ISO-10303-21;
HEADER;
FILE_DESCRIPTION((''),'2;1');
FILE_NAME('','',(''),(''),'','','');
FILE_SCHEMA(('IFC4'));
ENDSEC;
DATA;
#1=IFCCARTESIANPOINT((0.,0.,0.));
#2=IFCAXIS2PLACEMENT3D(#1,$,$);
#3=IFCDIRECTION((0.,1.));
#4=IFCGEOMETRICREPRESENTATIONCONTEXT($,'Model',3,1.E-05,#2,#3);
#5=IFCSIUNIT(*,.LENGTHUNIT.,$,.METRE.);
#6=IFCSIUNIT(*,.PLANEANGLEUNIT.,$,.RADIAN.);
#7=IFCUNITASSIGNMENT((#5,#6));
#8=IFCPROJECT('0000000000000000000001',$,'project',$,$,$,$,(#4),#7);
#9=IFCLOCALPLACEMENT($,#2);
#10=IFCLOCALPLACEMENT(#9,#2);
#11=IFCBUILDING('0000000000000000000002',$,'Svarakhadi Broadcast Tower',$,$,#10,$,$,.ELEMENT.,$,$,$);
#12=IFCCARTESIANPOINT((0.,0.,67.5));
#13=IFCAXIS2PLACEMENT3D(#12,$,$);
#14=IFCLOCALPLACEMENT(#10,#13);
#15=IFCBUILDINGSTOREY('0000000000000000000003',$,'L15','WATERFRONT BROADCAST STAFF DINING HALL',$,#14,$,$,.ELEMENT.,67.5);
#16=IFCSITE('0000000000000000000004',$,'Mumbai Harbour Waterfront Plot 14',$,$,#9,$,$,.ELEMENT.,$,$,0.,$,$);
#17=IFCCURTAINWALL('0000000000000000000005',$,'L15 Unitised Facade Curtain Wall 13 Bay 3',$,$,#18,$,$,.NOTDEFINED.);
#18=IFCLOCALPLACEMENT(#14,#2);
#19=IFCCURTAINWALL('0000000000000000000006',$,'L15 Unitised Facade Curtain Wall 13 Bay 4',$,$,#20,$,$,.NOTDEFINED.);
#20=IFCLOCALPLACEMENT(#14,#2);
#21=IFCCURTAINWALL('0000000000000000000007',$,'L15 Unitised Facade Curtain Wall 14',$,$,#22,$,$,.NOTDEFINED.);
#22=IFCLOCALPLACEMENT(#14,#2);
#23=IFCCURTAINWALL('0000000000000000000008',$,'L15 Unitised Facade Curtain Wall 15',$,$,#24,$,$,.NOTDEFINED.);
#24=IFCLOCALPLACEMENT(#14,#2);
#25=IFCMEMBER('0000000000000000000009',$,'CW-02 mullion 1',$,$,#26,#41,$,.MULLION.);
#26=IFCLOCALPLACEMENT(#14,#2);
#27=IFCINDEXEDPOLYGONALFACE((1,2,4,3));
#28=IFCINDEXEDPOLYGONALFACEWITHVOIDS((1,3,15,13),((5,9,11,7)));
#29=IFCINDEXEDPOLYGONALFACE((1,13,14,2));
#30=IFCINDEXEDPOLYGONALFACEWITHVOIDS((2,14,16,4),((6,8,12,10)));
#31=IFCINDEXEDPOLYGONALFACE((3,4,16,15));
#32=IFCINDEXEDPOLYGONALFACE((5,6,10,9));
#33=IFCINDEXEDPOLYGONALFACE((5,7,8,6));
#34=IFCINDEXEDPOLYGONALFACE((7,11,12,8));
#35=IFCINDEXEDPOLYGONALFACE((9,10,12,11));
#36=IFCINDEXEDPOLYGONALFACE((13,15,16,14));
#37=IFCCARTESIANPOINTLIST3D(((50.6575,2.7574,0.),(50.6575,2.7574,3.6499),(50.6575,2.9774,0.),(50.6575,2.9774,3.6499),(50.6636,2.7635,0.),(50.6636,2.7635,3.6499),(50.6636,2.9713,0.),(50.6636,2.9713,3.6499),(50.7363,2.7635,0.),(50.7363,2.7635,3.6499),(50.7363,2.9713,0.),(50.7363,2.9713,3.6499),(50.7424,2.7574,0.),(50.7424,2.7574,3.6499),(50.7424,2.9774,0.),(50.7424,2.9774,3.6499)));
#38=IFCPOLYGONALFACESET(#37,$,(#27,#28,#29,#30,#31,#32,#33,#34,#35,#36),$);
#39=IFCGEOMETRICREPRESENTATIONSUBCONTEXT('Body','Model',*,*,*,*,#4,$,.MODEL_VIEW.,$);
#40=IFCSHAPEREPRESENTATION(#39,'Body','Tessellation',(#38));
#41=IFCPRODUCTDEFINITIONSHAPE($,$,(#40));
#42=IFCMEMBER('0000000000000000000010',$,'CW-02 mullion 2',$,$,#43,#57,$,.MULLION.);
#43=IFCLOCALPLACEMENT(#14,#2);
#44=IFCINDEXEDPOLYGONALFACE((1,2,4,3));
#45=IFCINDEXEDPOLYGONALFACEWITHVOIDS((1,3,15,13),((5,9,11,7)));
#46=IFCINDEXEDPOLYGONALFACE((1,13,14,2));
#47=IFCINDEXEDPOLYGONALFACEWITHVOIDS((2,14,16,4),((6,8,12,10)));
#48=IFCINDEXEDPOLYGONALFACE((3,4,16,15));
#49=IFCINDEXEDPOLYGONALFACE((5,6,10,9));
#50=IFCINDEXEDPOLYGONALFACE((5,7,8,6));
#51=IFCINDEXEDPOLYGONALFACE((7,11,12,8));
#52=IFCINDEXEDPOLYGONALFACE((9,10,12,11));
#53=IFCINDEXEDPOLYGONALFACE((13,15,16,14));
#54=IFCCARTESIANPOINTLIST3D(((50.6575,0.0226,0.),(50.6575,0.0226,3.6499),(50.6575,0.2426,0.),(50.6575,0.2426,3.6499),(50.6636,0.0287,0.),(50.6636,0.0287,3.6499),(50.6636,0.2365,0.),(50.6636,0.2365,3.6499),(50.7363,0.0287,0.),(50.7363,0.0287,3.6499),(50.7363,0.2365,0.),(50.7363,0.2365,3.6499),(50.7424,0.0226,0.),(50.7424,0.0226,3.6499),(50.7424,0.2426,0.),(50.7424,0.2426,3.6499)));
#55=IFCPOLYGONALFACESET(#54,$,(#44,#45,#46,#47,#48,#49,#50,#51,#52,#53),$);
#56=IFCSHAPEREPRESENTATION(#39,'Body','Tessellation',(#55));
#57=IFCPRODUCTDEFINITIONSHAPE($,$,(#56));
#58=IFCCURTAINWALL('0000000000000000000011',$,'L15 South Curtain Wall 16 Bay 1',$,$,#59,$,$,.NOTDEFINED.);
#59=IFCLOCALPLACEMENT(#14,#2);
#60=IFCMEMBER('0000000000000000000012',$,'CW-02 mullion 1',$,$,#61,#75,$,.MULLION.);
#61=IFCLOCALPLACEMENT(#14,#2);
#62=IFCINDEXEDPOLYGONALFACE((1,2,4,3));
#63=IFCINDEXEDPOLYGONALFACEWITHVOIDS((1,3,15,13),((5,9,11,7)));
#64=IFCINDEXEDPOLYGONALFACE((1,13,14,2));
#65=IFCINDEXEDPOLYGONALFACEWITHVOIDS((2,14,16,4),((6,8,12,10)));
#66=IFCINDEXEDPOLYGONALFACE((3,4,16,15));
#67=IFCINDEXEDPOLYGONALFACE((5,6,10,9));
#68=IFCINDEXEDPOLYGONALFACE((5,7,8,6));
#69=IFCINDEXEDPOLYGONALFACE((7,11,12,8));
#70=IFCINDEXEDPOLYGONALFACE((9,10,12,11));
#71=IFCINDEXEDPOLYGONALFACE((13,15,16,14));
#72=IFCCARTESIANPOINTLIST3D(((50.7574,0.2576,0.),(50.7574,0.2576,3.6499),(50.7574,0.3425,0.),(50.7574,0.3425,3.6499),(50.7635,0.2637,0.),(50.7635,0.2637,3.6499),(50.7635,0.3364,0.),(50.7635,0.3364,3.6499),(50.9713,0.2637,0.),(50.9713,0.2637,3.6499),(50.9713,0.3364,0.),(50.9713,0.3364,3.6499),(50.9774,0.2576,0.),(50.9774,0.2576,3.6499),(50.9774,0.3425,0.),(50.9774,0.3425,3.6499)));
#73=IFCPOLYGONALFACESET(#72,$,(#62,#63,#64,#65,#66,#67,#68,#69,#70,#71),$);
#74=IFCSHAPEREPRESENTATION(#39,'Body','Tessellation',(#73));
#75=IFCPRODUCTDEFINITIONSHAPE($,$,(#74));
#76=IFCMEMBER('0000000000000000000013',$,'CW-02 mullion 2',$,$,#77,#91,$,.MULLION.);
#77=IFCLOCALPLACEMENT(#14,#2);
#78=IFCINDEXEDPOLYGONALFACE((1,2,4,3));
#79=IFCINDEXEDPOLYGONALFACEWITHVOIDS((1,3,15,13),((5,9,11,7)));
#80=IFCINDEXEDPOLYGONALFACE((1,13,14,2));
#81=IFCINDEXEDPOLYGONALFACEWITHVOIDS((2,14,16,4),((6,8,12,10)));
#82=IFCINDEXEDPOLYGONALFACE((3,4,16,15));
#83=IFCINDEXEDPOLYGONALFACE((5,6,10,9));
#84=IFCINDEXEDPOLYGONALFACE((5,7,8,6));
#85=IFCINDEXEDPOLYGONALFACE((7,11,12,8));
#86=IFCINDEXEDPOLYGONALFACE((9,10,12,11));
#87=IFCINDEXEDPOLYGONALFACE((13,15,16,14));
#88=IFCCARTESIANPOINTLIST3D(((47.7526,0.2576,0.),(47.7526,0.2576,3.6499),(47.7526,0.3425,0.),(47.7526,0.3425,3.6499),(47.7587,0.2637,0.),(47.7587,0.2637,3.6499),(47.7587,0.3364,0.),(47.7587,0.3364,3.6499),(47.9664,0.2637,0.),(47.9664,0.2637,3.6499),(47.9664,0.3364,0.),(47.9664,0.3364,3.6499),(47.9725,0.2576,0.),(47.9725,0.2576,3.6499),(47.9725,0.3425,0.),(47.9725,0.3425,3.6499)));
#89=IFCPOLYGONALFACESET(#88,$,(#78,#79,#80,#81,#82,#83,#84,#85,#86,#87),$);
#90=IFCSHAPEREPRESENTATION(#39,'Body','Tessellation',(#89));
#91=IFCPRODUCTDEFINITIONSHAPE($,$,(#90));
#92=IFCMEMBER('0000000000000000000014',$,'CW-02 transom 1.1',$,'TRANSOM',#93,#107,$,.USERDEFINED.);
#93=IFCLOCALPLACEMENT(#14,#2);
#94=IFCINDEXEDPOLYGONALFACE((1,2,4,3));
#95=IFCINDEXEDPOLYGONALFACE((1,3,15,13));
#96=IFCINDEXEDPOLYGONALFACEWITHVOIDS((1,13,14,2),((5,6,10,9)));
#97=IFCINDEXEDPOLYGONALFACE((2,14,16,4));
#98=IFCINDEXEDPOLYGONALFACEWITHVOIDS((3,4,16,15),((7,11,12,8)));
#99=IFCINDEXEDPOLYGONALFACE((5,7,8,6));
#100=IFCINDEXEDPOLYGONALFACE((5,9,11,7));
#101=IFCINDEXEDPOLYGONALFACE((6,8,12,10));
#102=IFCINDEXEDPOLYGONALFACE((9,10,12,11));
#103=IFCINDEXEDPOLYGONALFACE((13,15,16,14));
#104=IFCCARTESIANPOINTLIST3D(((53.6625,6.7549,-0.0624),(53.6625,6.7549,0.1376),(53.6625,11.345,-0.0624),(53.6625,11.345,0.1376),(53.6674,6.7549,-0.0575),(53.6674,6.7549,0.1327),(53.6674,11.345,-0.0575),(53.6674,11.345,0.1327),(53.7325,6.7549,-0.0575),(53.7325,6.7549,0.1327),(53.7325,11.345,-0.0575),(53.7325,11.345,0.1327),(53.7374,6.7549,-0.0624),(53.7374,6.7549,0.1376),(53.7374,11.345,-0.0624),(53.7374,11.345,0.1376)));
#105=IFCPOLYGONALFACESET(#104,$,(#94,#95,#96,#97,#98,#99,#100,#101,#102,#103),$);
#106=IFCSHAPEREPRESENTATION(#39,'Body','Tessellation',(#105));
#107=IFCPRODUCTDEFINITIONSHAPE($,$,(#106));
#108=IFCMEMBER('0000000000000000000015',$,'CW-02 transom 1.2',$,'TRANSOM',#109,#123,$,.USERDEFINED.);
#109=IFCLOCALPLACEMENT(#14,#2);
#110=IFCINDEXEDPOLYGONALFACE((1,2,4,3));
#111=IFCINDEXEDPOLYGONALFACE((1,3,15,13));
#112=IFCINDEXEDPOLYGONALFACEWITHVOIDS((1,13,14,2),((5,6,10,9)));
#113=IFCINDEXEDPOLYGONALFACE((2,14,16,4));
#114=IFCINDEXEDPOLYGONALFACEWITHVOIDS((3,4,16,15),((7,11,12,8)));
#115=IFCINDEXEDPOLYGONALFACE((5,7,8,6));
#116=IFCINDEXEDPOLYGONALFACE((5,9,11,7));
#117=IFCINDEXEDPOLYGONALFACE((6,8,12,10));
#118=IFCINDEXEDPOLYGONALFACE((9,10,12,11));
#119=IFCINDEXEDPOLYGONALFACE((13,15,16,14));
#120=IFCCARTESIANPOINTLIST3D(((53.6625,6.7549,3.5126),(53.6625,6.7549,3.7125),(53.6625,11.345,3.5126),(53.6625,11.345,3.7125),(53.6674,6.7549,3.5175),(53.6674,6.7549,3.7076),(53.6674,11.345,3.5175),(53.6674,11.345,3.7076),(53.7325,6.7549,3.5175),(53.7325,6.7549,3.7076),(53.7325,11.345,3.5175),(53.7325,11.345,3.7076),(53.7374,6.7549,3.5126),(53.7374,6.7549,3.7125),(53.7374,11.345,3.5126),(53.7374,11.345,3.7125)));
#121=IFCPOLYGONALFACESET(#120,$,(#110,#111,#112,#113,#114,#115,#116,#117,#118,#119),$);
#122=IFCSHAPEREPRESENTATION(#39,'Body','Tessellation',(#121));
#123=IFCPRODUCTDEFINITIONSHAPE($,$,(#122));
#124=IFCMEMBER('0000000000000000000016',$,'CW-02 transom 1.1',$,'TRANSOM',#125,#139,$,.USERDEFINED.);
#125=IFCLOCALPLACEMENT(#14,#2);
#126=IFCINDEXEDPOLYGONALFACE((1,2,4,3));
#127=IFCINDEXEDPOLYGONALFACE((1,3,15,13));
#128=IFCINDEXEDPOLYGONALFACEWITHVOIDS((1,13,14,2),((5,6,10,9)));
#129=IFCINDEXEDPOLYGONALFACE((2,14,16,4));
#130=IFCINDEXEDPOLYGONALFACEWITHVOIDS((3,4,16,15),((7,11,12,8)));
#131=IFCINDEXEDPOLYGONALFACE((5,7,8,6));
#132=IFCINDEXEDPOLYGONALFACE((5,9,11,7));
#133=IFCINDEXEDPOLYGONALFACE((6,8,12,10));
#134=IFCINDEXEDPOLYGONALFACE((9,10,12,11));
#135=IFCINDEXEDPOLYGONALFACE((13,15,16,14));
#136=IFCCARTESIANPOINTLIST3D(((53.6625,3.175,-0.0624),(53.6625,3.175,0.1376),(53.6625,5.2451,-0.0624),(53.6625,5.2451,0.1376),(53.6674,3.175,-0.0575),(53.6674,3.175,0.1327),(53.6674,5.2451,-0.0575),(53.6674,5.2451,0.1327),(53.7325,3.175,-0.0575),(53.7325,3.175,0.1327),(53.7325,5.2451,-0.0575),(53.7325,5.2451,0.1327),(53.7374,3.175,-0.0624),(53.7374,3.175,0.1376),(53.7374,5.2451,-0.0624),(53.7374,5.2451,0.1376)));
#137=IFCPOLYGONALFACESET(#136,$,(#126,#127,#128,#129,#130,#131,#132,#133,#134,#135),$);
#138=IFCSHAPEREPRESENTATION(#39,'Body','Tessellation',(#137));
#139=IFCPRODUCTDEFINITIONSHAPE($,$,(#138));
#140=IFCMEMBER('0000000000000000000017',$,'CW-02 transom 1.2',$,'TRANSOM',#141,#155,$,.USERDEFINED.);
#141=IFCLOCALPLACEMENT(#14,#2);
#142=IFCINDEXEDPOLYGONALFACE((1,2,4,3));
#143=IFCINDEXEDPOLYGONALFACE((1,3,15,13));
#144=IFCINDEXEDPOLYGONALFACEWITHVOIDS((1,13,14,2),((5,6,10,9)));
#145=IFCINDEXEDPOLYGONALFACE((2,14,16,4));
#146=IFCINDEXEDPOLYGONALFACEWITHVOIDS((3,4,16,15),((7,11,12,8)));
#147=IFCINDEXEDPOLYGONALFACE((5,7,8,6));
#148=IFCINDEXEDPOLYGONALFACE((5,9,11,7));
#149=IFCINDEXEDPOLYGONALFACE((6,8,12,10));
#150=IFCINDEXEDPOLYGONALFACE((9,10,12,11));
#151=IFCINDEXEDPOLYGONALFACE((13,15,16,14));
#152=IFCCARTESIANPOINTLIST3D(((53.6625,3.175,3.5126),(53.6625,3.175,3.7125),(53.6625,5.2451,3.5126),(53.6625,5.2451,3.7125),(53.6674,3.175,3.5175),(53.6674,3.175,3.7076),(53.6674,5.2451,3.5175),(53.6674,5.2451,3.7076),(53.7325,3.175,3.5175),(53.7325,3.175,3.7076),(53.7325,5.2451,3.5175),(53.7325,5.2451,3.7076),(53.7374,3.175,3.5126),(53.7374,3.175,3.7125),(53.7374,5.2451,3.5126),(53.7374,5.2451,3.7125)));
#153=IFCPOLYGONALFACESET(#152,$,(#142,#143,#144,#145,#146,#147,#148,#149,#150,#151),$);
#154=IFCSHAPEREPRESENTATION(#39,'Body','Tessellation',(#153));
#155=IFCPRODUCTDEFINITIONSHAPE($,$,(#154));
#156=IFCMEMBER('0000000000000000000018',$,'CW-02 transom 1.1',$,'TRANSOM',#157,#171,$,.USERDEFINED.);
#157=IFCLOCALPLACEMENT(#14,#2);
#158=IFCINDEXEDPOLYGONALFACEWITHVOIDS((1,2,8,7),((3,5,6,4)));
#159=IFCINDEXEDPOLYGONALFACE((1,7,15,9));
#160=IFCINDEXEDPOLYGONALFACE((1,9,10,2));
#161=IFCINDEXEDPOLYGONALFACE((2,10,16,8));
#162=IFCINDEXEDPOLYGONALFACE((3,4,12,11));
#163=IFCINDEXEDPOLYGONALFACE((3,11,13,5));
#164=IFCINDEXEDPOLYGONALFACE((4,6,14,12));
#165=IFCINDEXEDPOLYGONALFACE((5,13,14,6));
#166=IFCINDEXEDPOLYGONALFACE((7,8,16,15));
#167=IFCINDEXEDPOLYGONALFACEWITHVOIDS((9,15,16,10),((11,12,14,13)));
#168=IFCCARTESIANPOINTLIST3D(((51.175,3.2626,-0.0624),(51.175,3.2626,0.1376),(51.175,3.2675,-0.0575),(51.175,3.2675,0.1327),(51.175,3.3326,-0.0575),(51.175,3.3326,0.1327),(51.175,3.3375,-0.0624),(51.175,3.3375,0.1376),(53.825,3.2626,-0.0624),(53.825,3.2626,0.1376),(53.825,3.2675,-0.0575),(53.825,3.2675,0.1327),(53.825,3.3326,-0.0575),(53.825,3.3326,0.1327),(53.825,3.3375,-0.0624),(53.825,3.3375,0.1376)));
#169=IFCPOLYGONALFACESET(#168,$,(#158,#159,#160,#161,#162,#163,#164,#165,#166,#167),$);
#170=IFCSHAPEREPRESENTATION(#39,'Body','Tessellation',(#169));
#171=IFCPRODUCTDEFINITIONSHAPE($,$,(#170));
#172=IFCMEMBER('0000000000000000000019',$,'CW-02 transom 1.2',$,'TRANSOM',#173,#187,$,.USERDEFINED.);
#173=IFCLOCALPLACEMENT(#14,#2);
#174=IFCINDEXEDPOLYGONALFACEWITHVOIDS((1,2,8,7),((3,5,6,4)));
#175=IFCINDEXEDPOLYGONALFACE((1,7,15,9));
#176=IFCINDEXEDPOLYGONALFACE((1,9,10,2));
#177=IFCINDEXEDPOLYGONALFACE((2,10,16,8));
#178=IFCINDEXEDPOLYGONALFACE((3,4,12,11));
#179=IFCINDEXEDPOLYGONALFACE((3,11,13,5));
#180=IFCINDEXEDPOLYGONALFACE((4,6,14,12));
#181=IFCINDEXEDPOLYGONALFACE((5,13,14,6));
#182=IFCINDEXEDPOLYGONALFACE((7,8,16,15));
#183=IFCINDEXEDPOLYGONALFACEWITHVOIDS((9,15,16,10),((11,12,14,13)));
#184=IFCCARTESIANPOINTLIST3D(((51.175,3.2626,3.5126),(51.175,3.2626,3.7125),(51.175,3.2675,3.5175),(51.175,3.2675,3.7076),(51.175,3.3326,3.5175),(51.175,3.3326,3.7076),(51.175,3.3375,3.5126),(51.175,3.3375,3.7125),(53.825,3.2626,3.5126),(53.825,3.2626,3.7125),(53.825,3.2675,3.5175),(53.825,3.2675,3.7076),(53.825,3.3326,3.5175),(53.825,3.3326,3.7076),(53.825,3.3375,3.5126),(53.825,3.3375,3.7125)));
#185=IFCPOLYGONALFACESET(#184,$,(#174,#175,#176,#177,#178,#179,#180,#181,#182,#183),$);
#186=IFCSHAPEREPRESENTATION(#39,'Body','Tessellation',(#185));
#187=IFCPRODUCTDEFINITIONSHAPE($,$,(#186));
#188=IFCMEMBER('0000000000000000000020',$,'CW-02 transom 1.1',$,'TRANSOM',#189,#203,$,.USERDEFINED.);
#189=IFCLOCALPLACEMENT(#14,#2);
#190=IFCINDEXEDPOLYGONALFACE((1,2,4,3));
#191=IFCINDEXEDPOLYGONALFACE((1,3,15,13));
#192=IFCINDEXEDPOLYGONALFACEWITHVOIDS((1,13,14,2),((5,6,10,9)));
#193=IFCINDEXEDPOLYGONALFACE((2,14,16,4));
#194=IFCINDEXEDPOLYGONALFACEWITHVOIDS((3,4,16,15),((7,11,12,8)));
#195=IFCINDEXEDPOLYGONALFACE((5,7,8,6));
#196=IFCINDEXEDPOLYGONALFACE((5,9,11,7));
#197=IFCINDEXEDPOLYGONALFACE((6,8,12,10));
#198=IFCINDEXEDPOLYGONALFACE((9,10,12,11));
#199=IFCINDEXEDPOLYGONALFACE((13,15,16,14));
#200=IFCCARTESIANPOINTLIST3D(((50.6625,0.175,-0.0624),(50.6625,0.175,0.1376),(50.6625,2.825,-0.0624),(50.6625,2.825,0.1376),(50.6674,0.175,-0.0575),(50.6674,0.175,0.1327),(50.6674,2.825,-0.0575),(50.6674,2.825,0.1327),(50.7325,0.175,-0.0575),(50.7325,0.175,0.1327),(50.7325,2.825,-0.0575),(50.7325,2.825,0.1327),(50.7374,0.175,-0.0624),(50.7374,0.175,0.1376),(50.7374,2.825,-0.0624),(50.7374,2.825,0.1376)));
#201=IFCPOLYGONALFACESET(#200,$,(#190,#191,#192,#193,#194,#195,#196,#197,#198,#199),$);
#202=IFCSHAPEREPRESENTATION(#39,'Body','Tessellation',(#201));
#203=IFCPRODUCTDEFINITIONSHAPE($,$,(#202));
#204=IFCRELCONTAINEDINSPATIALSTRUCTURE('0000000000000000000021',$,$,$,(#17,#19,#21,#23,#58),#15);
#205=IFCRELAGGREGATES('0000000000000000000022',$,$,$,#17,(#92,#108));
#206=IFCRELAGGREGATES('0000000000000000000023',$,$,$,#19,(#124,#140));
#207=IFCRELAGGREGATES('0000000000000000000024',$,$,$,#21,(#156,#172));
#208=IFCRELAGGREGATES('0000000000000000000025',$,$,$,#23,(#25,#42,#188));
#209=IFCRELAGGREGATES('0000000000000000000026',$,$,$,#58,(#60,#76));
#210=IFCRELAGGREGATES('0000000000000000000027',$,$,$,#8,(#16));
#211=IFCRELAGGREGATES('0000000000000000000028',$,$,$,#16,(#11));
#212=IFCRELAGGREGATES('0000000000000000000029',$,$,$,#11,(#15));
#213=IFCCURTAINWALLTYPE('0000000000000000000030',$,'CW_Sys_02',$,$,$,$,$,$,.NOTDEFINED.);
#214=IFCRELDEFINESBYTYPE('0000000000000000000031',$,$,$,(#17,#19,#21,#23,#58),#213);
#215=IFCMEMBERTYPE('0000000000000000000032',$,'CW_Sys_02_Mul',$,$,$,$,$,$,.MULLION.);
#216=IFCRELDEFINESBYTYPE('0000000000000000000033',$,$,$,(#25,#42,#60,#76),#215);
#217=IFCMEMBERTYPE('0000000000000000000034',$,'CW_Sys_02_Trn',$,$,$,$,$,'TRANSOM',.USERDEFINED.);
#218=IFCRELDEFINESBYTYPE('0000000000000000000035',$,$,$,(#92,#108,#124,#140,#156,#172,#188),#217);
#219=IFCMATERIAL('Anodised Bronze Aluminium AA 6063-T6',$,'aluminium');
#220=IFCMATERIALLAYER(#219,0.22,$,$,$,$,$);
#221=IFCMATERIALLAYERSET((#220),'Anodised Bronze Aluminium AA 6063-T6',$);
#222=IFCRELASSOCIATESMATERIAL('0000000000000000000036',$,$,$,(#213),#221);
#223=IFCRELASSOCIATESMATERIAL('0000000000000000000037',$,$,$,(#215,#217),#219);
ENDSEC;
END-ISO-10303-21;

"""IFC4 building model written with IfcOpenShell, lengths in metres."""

from ifc_helpers import new_model, si_unit, direction, frame, origin, origin_2d, place, context, subcontext, project, spatial, hollow_rectangle, extrude, material, layer, layer_set, material_profile, profile_set, type_object, element, aggregate, save


model = new_model("IFC4")

# Units and contexts
model_context = context("Model", 3, precision=1e-05, world=origin(), true_north=direction((0.0, 1.0)))
body_context = subcontext(model_context, "Body", "Model", "MODEL_VIEW")
ifc_project = project(units=[si_unit("LENGTHUNIT", "METRE"), si_unit("PLANEANGLEUNIT", "RADIAN")], contexts=[model_context])

# Site, building, storey
site_placement = place(None, origin())
site = spatial("IfcSite", under=ifc_project, at=site_placement, Name="Mumbai Harbour Waterfront Plot 14", CompositionType="ELEMENT", RefElevation=0.0)
building_placement = place(site_placement, origin())
building = spatial("IfcBuilding", under=site, at=building_placement, Name="Svarakhadi Broadcast Tower", CompositionType="ELEMENT")
storey_placement = place(building_placement, frame((0.0, 0.0, 67.5)))
storey = spatial("IfcBuildingStorey", under=building, at=storey_placement, Name="L15", Description="WATERFRONT BROADCAST STAFF DINING HALL", CompositionType="ELEMENT", Elevation=67.5)

# Curtain walls, members
ifc_material_1 = material(Name="Anodised Bronze Aluminium AA 6063-T6", Category="aluminium")
ifc_layer_1 = layer(ifc_material_1, 0.22)
ifc_layer_set_1 = layer_set([ifc_layer_1], Name="Anodised Bronze Aluminium AA 6063-T6")
curtain_wall_type = type_object("IfcCurtainWallType", Name="CW_Sys_02", PredefinedType="NOTDEFINED", material=ifc_layer_set_1)
curtain_wall_1_placement = place(storey_placement, origin())
curtain_wall_1 = element("IfcCurtainWall", 1, at=curtain_wall_1_placement, inside=storey, type_object=curtain_wall_type, Name="L15 Unitised Facade Curtain Wall 13 Bay 3", PredefinedType="NOTDEFINED")
ifc_material_profile_1 = material_profile(ifc_material_1, hollow_rectangle(XDim=0.085, YDim=0.22, WallThickness=0.0061, at=origin_2d()), Name="ALU MULLION 220x85x6")
ifc_profile_set_1 = profile_set([ifc_material_profile_1], Name="Anodised Bronze Aluminium AA 6063-T6")
member_type_1 = type_object("IfcMemberType", Name="CW_Sys_02_Mul", PredefinedType="MULLION", material=ifc_profile_set_1)
curtain_wall_2_placement = place(storey_placement, origin())
curtain_wall_2 = element("IfcCurtainWall", 2, at=curtain_wall_2_placement, inside=storey, type_object=curtain_wall_type, Name="L15 Unitised Facade Curtain Wall 13 Bay 4", PredefinedType="NOTDEFINED")
curtain_wall_3_placement = place(storey_placement, origin())
curtain_wall_3 = element("IfcCurtainWall", 3, at=curtain_wall_3_placement, inside=storey, type_object=curtain_wall_type, Name="L15 Unitised Facade Curtain Wall 14", PredefinedType="NOTDEFINED")
curtain_wall_4_placement = place(storey_placement, origin())
curtain_wall_4 = element("IfcCurtainWall", 4, at=curtain_wall_4_placement, inside=storey, type_object=curtain_wall_type, Name="L15 Unitised Facade Curtain Wall 15", PredefinedType="NOTDEFINED")
member_1_placement = place(storey_placement, frame((50.7, 2.8674, 0.0), z_axis=(0.0, 0.0, 1.0), x_axis=(1.0, 0.0, 0.0)))
member_1 = element("IfcMember", 5, at=member_1_placement, type_object=member_type_1, Name="CW-02 mullion 1", PredefinedType="MULLION", context=body_context, shape_type="SweptSolid", body=[
    extrude(hollow_rectangle(XDim=0.085, YDim=0.22, WallThickness=0.0061, at=origin_2d()), origin(), (0.0, 0.0, 1.0), 3.6499),
])
member_2_placement = place(storey_placement, frame((50.7, 0.1326, 0.0), z_axis=(0.0, 0.0, 1.0), x_axis=(1.0, 0.0, 0.0)))
member_2 = element("IfcMember", 6, at=member_2_placement, type_object=member_type_1, Name="CW-02 mullion 2", PredefinedType="MULLION", context=body_context, shape_type="SweptSolid", body=[
    extrude(hollow_rectangle(XDim=0.085, YDim=0.22, WallThickness=0.0061, at=origin_2d()), origin(), (0.0, 0.0, 1.0), 3.6499),
])
curtain_wall_5_placement = place(storey_placement, origin())
curtain_wall_5 = element("IfcCurtainWall", 7, at=curtain_wall_5_placement, inside=storey, type_object=curtain_wall_type, Name="L15 South Curtain Wall 16 Bay 1", PredefinedType="NOTDEFINED")
member_3_placement = place(storey_placement, frame((50.8674, 0.3, 0.0), z_axis=(0.0, 0.0, 1.0), x_axis=(0.0, -1.0, 0.0)))
member_3 = element("IfcMember", 8, at=member_3_placement, type_object=member_type_1, Name="CW-02 mullion 1", PredefinedType="MULLION", context=body_context, shape_type="SweptSolid", body=[
    extrude(hollow_rectangle(XDim=0.085, YDim=0.22, WallThickness=0.0061, at=origin_2d()), origin(), (0.0, 0.0, 1.0), 3.6499),
])
member_4_placement = place(storey_placement, frame((47.8625, 0.3, 0.0), z_axis=(0.0, 0.0, 1.0), x_axis=(0.0, -1.0, 0.0)))
member_4 = element("IfcMember", 9, at=member_4_placement, type_object=member_type_1, Name="CW-02 mullion 2", PredefinedType="MULLION", context=body_context, shape_type="SweptSolid", body=[
    extrude(hollow_rectangle(XDim=0.085, YDim=0.22, WallThickness=0.0061, at=origin_2d()), origin(), (0.0, 0.0, 1.0), 3.6499),
])

# Members
ifc_material_profile_2 = material_profile(ifc_material_1, hollow_rectangle(XDim=0.075, YDim=0.2, WallThickness=0.0049, at=origin_2d()), Name="ALU TRANSOM 200x75x5")
ifc_profile_set_2 = profile_set([ifc_material_profile_2], Name="Anodised Bronze Aluminium AA 6063-T6")
member_type_2 = type_object("IfcMemberType", Name="CW_Sys_02_Trn", ElementType="TRANSOM", PredefinedType="USERDEFINED", material=ifc_profile_set_2)
member_5_placement = place(storey_placement, frame((53.7, 11.345, 0.0376), z_axis=(0.0, -1.0, 0.0), x_axis=(1.0, 0.0, 0.0)))
member_5 = element("IfcMember", 10, at=member_5_placement, type_object=member_type_2, Name="CW-02 transom 1.1", ObjectType="TRANSOM", PredefinedType="USERDEFINED", context=body_context, shape_type="SweptSolid", body=[
    extrude(hollow_rectangle(XDim=0.075, YDim=0.2, WallThickness=0.0049, at=origin_2d()), origin(), (0.0, 0.0, 1.0), 4.5901),
])
member_6_placement = place(storey_placement, frame((53.7, 11.345, 3.6125), z_axis=(0.0, -1.0, 0.0), x_axis=(1.0, 0.0, 0.0)))
member_6 = element("IfcMember", 11, at=member_6_placement, type_object=member_type_2, Name="CW-02 transom 1.2", ObjectType="TRANSOM", PredefinedType="USERDEFINED", context=body_context, shape_type="SweptSolid", body=[
    extrude(hollow_rectangle(XDim=0.075, YDim=0.2, WallThickness=0.0049, at=origin_2d()), origin(), (0.0, 0.0, 1.0), 4.5901),
])
member_7_placement = place(storey_placement, frame((53.7, 5.2451, 0.0376), z_axis=(0.0, -1.0, 0.0), x_axis=(1.0, 0.0, 0.0)))
member_7 = element("IfcMember", 12, at=member_7_placement, type_object=member_type_2, Name="CW-02 transom 1.1", ObjectType="TRANSOM", PredefinedType="USERDEFINED", context=body_context, shape_type="SweptSolid", body=[
    extrude(hollow_rectangle(XDim=0.075, YDim=0.2, WallThickness=0.0049, at=origin_2d()), origin(), (0.0, 0.0, 1.0), 2.0701),
])
member_8_placement = place(storey_placement, frame((53.7, 5.2451, 3.6125), z_axis=(0.0, -1.0, 0.0), x_axis=(1.0, 0.0, 0.0)))
member_8 = element("IfcMember", 13, at=member_8_placement, type_object=member_type_2, Name="CW-02 transom 1.2", ObjectType="TRANSOM", PredefinedType="USERDEFINED", context=body_context, shape_type="SweptSolid", body=[
    extrude(hollow_rectangle(XDim=0.075, YDim=0.2, WallThickness=0.0049, at=origin_2d()), origin(), (0.0, 0.0, 1.0), 2.0701),
])
member_9_placement = place(storey_placement, frame((53.825, 3.3, 0.0376), z_axis=(-1.0, 0.0, 0.0), x_axis=(0.0, -1.0, 0.0)))
member_9 = element("IfcMember", 14, at=member_9_placement, type_object=member_type_2, Name="CW-02 transom 1.1", ObjectType="TRANSOM", PredefinedType="USERDEFINED", context=body_context, shape_type="SweptSolid", body=[
    extrude(hollow_rectangle(XDim=0.075, YDim=0.2, WallThickness=0.0049, at=origin_2d()), origin(), (0.0, 0.0, 1.0), 2.6499),
])
member_10_placement = place(storey_placement, frame((53.825, 3.3, 3.6125), z_axis=(-1.0, 0.0, 0.0), x_axis=(0.0, -1.0, 0.0)))
member_10 = element("IfcMember", 15, at=member_10_placement, type_object=member_type_2, Name="CW-02 transom 1.2", ObjectType="TRANSOM", PredefinedType="USERDEFINED", context=body_context, shape_type="SweptSolid", body=[
    extrude(hollow_rectangle(XDim=0.075, YDim=0.2, WallThickness=0.0049, at=origin_2d()), origin(), (0.0, 0.0, 1.0), 2.6499),
])
member_11_placement = place(storey_placement, frame((50.7, 2.825, 0.0376), z_axis=(0.0, -1.0, 0.0), x_axis=(1.0, 0.0, 0.0)))
member_11 = element("IfcMember", 16, at=member_11_placement, type_object=member_type_2, Name="CW-02 transom 1.1", ObjectType="TRANSOM", PredefinedType="USERDEFINED", context=body_context, shape_type="SweptSolid", body=[
    extrude(hollow_rectangle(XDim=0.075, YDim=0.2, WallThickness=0.0049, at=origin_2d()), origin(), (0.0, 0.0, 1.0), 2.6499),
])

aggregate(curtain_wall_1, [member_5, member_6])
aggregate(curtain_wall_2, [member_7, member_8])
aggregate(curtain_wall_3, [member_9, member_10])
aggregate(curtain_wall_4, [member_1, member_2, member_11])
aggregate(curtain_wall_5, [member_3, member_4])

save(model, "model.ifc")
